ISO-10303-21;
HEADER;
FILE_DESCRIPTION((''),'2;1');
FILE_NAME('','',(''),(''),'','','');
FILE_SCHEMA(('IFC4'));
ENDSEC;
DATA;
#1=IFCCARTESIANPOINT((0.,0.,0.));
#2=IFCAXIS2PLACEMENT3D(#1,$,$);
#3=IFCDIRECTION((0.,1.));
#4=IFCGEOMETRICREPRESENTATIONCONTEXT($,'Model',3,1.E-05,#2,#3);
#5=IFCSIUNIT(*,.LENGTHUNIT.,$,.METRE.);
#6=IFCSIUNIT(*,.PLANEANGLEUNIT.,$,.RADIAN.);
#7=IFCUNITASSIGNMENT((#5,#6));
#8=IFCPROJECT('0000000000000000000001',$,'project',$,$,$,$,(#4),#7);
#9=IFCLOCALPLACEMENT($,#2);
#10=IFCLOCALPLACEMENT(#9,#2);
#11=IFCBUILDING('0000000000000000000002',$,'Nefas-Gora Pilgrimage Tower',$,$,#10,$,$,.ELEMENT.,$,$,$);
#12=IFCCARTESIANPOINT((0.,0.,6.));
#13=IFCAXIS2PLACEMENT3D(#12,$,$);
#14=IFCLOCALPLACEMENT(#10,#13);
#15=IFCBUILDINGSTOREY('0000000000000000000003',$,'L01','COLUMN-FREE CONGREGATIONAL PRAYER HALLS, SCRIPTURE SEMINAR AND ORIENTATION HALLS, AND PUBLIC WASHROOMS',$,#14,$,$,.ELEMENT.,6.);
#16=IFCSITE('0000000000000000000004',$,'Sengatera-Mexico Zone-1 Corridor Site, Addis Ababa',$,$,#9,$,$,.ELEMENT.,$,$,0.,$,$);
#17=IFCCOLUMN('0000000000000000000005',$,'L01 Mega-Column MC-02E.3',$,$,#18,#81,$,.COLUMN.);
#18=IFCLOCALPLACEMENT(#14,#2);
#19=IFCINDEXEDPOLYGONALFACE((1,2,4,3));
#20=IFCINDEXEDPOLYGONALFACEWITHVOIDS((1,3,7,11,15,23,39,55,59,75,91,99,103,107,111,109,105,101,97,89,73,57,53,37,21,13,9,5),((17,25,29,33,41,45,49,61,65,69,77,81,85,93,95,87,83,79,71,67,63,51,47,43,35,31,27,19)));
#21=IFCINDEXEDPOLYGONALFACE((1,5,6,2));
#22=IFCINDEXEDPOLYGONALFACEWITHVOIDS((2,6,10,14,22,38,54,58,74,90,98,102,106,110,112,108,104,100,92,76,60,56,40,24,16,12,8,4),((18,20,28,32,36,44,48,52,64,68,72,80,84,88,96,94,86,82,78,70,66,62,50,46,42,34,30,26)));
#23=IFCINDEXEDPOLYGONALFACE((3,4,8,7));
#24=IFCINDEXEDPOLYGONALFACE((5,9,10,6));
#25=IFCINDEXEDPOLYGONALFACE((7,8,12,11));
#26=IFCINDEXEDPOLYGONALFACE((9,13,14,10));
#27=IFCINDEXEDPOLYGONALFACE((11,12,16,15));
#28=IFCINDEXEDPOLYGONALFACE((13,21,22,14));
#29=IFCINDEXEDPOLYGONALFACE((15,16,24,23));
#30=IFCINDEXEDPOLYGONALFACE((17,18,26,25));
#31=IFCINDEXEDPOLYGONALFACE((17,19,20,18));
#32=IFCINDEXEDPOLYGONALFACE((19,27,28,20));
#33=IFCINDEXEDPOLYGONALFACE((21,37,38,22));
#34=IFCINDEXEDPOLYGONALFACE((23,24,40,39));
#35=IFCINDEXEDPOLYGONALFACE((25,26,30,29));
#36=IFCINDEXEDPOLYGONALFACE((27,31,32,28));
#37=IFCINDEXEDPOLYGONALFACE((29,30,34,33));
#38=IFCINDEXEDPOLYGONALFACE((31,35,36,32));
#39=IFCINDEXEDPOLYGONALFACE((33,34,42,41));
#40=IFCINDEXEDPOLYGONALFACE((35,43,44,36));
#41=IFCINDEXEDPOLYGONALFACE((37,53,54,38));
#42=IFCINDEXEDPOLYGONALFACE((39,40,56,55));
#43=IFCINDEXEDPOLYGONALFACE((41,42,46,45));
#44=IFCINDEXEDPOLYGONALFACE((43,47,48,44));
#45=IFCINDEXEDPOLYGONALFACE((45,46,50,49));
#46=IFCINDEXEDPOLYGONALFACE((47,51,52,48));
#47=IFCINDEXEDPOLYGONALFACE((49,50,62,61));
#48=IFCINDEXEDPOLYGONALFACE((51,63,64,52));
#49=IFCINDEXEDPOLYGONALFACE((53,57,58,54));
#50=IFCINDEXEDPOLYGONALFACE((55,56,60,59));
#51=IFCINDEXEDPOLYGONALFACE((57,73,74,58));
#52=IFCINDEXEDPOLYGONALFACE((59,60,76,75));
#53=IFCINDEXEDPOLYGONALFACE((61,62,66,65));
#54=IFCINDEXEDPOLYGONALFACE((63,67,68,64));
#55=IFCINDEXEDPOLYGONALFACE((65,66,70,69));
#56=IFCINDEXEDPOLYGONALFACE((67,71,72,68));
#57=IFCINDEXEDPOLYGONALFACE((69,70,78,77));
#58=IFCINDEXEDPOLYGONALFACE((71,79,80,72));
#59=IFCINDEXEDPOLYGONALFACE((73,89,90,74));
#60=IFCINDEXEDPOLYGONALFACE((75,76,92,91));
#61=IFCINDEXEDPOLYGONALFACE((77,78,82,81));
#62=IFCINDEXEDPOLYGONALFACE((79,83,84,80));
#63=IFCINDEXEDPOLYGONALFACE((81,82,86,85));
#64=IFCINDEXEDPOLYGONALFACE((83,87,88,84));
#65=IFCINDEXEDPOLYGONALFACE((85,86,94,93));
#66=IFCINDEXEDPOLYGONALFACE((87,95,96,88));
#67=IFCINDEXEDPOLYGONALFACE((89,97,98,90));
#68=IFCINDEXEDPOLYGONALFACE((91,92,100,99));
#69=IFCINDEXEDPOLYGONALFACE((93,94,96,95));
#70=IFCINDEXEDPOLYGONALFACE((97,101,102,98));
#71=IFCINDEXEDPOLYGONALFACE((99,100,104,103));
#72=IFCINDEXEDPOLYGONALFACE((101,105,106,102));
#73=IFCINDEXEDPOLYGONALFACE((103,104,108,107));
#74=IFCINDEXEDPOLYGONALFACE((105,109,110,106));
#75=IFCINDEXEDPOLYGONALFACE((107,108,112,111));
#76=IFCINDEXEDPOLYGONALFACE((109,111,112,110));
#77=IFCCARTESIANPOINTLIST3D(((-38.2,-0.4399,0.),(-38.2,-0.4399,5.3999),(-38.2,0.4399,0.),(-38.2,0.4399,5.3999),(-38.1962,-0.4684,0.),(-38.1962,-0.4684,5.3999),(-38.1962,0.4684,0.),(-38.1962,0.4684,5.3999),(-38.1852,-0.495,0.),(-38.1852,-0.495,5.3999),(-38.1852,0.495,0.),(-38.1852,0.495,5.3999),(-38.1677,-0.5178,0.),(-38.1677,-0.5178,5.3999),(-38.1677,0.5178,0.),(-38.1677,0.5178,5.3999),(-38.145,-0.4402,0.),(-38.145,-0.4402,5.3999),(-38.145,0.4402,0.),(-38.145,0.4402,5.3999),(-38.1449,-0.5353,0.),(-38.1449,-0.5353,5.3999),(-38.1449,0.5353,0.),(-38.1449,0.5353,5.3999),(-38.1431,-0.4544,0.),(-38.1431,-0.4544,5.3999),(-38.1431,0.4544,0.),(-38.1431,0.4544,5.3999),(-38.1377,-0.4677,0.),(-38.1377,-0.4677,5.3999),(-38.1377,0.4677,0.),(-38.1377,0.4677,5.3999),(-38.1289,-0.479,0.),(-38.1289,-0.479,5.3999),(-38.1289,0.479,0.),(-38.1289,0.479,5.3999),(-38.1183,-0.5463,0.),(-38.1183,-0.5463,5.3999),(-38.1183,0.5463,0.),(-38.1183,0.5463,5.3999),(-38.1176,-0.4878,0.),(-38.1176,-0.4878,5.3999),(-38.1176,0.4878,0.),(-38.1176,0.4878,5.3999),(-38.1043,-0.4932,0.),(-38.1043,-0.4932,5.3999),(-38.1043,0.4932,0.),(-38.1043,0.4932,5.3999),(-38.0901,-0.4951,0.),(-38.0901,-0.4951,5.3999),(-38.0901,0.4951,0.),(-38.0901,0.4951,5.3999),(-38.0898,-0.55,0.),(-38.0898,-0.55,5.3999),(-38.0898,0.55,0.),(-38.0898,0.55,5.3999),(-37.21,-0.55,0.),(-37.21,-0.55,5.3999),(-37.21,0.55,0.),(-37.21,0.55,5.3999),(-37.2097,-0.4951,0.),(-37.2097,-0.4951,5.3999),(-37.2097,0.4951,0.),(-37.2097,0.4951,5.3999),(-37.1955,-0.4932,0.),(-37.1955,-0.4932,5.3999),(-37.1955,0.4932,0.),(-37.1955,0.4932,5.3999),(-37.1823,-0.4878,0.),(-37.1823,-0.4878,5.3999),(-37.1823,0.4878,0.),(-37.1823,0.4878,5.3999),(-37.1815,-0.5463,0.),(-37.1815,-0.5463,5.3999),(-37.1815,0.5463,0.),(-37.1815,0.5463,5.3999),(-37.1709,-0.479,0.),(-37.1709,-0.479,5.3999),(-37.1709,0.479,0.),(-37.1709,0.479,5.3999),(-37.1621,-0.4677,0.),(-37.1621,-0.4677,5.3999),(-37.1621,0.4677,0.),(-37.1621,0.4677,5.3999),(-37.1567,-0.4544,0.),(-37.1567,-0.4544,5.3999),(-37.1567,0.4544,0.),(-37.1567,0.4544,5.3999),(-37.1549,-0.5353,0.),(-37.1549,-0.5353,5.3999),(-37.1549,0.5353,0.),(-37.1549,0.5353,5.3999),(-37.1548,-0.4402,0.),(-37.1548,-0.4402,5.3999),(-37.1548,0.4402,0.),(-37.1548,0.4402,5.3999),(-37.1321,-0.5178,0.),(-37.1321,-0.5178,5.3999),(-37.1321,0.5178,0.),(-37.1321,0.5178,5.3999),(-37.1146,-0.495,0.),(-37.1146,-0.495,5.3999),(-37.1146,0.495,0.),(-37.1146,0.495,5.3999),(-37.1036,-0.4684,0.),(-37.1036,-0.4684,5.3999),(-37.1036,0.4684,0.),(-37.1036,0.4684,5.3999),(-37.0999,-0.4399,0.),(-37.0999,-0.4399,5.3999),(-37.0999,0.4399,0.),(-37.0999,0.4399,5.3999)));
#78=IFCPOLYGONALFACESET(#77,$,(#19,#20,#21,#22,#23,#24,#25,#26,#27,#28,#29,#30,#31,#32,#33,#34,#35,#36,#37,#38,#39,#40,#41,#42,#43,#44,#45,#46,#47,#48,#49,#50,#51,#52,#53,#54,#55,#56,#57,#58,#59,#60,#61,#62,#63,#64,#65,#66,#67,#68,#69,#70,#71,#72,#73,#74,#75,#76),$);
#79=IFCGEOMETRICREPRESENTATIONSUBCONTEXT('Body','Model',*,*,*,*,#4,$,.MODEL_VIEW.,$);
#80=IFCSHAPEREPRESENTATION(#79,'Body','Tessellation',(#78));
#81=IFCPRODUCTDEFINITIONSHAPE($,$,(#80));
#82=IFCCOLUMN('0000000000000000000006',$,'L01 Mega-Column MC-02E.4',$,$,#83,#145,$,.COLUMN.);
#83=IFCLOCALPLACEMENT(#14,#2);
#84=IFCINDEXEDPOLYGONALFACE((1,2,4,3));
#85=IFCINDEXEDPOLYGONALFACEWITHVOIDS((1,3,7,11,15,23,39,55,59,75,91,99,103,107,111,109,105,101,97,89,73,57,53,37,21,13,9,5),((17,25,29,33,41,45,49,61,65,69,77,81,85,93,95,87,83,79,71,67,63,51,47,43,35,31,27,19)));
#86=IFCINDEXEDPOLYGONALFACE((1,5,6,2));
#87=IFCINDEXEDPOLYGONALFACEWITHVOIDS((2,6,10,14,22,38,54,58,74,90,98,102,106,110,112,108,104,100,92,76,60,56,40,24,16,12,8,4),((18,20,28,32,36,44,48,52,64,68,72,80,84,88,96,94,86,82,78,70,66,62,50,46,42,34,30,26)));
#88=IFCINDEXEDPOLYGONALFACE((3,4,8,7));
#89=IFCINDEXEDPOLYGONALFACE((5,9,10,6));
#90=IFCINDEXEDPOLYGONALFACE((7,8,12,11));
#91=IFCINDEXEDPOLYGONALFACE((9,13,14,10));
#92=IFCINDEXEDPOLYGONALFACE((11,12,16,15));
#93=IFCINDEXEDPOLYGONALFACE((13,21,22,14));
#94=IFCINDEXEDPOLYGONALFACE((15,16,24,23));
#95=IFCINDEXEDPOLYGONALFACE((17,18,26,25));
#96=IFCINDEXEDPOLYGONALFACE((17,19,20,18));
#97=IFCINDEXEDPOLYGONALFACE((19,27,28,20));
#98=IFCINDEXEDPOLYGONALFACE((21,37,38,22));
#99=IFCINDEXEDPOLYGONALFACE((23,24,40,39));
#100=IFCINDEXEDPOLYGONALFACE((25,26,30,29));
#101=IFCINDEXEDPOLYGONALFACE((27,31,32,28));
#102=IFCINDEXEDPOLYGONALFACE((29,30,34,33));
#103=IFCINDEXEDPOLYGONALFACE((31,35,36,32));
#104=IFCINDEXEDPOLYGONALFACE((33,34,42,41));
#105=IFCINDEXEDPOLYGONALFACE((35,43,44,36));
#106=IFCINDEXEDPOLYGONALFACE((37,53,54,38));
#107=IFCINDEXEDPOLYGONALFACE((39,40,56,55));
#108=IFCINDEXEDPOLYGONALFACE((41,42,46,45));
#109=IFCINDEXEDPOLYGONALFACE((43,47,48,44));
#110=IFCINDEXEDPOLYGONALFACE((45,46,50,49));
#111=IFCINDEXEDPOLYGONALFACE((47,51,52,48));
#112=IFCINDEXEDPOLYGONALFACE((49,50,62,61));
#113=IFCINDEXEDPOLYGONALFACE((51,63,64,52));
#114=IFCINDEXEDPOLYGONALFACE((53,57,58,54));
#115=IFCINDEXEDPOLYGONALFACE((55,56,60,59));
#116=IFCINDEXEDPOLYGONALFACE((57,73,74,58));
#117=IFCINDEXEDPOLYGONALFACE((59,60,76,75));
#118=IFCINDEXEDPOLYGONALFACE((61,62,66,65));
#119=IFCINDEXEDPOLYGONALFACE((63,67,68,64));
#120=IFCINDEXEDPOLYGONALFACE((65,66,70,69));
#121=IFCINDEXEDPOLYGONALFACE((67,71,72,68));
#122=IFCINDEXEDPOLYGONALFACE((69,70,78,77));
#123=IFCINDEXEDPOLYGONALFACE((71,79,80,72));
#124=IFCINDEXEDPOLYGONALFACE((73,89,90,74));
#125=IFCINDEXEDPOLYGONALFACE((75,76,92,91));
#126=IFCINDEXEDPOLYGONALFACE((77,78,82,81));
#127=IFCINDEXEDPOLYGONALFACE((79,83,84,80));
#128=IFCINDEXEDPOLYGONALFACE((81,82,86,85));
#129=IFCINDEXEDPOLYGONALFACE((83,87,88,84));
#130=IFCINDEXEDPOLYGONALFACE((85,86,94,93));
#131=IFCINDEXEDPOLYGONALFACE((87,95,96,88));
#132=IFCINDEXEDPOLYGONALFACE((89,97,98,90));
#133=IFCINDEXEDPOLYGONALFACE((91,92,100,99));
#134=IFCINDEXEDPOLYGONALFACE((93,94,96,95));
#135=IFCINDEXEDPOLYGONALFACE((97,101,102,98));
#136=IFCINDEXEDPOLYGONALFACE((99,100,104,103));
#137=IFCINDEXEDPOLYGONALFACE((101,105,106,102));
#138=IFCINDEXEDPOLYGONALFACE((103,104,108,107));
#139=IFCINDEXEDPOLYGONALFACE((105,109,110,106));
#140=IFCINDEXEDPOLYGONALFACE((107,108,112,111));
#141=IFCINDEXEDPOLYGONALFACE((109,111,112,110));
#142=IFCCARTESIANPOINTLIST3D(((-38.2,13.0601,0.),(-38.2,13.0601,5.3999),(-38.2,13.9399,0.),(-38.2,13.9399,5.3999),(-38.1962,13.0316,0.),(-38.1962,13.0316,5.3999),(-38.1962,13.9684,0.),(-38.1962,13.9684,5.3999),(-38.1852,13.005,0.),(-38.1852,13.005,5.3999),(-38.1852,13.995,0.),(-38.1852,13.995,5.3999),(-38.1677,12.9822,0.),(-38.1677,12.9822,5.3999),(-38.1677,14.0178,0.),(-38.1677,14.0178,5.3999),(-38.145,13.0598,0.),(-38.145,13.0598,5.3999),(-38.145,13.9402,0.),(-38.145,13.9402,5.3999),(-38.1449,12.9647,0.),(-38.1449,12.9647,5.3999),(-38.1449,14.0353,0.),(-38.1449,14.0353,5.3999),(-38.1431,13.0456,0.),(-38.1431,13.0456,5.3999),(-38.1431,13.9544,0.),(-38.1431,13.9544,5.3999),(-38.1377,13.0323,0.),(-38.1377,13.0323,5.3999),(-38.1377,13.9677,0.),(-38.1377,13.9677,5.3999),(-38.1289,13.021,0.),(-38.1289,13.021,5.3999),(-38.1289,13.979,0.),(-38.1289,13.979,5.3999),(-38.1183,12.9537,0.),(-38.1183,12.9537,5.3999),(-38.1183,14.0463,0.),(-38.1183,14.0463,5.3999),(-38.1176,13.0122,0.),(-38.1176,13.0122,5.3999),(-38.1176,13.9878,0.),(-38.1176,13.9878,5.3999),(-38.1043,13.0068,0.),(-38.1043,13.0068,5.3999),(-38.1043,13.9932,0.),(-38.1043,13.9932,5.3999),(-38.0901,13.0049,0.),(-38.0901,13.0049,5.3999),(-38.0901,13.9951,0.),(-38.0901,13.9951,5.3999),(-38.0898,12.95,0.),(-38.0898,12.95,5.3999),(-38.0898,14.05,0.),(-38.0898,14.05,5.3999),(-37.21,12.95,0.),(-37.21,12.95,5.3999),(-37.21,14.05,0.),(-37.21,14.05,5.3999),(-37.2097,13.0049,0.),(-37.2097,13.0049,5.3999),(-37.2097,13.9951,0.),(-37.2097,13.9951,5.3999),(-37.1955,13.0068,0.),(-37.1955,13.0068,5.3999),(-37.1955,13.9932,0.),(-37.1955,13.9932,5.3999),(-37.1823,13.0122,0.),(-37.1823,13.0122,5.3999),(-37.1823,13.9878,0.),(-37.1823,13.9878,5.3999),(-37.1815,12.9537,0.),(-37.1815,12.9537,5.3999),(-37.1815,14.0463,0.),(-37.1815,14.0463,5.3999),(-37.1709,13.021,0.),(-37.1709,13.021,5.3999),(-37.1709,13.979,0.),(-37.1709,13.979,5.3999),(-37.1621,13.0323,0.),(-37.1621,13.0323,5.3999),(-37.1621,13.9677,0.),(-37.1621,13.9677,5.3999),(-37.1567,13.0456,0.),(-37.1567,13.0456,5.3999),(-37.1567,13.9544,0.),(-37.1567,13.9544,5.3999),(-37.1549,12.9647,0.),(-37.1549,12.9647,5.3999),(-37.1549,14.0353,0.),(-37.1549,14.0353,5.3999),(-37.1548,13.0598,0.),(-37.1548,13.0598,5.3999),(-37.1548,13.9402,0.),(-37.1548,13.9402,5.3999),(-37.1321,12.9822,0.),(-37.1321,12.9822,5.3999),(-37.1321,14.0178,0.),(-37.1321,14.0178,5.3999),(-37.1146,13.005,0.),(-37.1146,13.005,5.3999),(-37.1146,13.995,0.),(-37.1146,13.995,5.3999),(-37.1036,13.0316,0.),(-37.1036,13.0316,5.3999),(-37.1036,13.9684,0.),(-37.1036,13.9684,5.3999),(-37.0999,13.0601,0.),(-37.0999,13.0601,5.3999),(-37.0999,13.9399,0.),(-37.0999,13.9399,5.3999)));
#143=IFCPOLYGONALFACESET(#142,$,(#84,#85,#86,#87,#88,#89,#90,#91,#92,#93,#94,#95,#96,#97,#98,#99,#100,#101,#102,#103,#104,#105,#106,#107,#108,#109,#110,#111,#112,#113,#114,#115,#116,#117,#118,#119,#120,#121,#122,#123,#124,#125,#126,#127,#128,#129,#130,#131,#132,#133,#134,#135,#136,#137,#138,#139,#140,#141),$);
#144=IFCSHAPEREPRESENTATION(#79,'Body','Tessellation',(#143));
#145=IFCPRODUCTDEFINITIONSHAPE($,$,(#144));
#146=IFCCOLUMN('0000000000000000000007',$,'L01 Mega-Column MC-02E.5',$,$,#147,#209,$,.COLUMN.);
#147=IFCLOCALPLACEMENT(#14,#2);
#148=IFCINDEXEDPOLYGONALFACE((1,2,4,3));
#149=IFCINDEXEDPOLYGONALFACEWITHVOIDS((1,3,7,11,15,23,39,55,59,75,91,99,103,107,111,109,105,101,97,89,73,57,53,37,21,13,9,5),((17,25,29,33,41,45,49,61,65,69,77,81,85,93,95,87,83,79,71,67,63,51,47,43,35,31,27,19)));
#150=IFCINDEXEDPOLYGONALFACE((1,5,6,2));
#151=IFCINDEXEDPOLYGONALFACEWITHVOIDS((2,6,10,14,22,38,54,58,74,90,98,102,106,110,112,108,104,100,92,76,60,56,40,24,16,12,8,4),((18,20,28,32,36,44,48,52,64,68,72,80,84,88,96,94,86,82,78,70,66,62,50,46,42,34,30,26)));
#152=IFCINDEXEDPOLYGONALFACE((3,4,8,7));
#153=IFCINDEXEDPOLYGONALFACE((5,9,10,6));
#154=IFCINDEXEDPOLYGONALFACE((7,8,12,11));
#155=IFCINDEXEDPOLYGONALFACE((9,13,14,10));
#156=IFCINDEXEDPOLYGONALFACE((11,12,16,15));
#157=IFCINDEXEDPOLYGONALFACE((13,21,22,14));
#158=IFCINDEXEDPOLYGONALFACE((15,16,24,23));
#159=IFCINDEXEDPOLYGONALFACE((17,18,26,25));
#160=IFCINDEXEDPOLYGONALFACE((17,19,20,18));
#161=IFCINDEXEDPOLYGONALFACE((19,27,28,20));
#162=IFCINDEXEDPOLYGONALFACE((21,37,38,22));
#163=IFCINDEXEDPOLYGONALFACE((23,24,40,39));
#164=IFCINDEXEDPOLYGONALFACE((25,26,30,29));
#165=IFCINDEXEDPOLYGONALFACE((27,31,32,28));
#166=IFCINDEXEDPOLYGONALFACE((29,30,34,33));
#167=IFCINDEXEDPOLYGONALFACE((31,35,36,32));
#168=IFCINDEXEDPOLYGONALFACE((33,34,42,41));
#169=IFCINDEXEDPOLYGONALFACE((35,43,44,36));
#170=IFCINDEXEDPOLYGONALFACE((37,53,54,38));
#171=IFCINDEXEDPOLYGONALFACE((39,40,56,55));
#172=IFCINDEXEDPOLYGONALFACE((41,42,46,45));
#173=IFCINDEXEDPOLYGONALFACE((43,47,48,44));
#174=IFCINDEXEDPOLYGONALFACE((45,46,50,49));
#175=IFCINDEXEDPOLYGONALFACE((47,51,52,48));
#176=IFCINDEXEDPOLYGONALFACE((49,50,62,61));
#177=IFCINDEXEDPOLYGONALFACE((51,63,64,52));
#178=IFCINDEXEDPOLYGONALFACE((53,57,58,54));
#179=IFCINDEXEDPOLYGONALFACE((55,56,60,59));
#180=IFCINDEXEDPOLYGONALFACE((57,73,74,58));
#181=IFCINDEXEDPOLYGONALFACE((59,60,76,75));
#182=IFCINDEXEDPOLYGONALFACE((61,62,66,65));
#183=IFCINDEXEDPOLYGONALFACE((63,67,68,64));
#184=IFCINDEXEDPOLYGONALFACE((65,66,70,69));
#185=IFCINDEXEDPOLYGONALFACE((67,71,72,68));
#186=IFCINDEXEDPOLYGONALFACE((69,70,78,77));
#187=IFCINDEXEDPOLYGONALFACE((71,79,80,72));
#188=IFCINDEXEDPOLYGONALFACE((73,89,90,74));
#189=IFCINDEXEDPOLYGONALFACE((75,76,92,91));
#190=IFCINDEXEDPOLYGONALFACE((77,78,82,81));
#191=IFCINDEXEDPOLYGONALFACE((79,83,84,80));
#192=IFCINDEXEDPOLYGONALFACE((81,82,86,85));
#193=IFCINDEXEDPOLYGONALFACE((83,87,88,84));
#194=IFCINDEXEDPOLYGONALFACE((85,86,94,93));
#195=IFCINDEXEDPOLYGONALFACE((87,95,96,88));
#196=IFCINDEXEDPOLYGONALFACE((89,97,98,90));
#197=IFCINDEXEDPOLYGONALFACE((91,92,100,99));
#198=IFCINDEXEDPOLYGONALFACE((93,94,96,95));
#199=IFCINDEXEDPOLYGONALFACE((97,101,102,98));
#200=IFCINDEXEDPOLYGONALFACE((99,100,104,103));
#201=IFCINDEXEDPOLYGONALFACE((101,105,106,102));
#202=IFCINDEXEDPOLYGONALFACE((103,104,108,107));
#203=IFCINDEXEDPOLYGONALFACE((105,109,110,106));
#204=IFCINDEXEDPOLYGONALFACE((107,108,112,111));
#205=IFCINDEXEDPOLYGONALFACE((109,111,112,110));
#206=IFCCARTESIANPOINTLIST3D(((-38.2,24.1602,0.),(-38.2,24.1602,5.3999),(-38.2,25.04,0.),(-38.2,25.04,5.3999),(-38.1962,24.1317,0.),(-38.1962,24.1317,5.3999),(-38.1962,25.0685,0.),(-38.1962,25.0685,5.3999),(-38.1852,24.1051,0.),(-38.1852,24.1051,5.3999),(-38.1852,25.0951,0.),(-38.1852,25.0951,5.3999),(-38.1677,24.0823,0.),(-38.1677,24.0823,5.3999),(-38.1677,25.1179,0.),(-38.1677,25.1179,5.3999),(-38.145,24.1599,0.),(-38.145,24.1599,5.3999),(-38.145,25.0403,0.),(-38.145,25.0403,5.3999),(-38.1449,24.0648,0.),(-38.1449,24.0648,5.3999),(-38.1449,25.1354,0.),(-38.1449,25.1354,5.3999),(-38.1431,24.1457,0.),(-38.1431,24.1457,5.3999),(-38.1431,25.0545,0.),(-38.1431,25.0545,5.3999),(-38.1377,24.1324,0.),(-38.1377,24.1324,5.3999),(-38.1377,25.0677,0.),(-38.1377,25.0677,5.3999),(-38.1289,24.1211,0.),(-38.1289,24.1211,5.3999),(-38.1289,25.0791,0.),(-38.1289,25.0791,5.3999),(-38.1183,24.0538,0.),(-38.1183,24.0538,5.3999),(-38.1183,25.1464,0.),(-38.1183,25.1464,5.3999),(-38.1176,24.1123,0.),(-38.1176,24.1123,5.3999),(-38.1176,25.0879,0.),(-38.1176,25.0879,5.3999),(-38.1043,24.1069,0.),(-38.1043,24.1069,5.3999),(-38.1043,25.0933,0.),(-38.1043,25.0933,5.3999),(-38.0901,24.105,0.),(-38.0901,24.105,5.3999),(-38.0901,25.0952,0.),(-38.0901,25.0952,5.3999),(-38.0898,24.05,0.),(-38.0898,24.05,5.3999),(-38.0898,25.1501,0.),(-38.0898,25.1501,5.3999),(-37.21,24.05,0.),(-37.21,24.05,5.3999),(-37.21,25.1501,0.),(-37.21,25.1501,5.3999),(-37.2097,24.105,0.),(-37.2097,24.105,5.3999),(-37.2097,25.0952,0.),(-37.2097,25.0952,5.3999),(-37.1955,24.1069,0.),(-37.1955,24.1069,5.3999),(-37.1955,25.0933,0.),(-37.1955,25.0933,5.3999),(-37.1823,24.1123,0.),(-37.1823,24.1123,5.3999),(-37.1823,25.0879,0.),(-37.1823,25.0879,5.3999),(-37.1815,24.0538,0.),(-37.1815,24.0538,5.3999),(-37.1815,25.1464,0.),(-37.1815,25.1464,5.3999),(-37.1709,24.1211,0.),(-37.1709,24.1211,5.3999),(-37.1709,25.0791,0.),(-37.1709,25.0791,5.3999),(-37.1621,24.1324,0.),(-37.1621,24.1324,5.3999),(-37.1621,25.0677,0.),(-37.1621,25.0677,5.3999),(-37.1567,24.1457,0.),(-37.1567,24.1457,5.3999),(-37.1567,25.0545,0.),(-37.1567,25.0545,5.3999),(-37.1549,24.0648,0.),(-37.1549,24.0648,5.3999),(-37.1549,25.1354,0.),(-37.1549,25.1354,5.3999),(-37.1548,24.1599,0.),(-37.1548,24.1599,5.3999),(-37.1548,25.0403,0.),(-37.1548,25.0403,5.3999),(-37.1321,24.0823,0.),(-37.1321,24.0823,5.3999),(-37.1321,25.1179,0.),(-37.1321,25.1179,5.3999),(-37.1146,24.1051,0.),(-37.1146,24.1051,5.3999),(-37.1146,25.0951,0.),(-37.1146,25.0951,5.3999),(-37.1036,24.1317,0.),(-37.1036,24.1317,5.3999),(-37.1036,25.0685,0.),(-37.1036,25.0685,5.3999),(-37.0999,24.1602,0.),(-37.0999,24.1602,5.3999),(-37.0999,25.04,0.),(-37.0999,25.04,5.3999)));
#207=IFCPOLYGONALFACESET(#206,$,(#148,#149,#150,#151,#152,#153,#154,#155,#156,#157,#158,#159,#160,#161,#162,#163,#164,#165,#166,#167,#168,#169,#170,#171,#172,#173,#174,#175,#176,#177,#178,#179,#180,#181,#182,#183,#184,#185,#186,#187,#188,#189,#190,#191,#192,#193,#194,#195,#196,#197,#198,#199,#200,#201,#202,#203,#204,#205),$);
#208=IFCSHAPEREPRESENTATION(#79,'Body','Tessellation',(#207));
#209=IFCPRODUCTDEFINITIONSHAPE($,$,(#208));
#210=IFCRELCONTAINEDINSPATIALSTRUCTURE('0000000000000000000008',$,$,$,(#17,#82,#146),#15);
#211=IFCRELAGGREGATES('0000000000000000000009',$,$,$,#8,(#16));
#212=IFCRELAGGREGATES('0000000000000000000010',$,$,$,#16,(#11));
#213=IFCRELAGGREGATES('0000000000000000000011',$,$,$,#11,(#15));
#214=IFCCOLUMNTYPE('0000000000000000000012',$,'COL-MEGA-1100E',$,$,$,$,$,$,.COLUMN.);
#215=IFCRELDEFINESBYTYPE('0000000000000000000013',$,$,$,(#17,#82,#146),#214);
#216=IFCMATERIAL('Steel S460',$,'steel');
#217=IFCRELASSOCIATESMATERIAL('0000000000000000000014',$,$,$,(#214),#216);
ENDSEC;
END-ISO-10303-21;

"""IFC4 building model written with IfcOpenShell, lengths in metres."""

from ifc_helpers import new_model, si_unit, direction, frame, origin, origin_2d, place, context, subcontext, project, spatial, hollow_rectangle, extrude, source, transform, mapped, material, material_profile, profile_set, type_object, element, save


model = new_model("IFC4")

# Units and contexts
model_context = context("Model", 3, precision=1e-05, world=origin(), true_north=direction((0.0, 1.0)))
body_context = subcontext(model_context, "Body", "Model", "MODEL_VIEW")
ifc_project = project(units=[si_unit("LENGTHUNIT", "METRE"), si_unit("PLANEANGLEUNIT", "RADIAN")], contexts=[model_context])

# Site, building, storey
site_placement = place(None, origin())
site = spatial("IfcSite", under=ifc_project, at=site_placement, Name="Sengatera-Mexico Zone-1 Corridor Site, Addis Ababa", CompositionType="ELEMENT", RefElevation=0.0)
building_placement = place(site_placement, origin())
building = spatial("IfcBuilding", under=site, at=building_placement, Name="Nefas-Gora Pilgrimage Tower", CompositionType="ELEMENT")
storey_placement = place(building_placement, frame((0.0, 0.0, 6.0)))
storey = spatial("IfcBuildingStorey", under=building, at=storey_placement, Name="L01", Description="COLUMN-FREE CONGREGATIONAL PRAYER HALLS, SCRIPTURE SEMINAR AND ORIENTATION HALLS, AND PUBLIC WASHROOMS", CompositionType="ELEMENT", Elevation=6.0)

# Columns
ifc_material_1 = material(Name="Steel S460", Category="steel")
ifc_material_profile_1 = material_profile(ifc_material_1, hollow_rectangle(XDim=1.1001, YDim=1.1001, WallThickness=0.0549, InnerFilletRadius=0.0549, OuterFilletRadius=0.1101, at=origin_2d()), Name="BOX 1100x1100x55")
ifc_profile_set_1 = profile_set([ifc_material_profile_1], Name="Steel S460")
column_type_1 = type_object("IfcColumnType", Name="COL-MEGA-1100E", PredefinedType="COLUMN", material=ifc_profile_set_1)
shared_shape_1 = source(origin(), body_context, "Body", "SweptSolid", [
    extrude(hollow_rectangle(XDim=1.1001, YDim=1.1001, WallThickness=0.0549, InnerFilletRadius=0.0549, OuterFilletRadius=0.1101, at=origin_2d()), origin(), (0.0, 0.0, 1.0), 5.3999),
])
for number, where, z_axis, x_axis, name in (
    (1, (-37.6499, 0.0, 0.0), (0.0, 0.0, 1.0), (1.0, 0.0, 0.0), "L01 Mega-Column MC-02E.3"),
    (2, (-37.6499, 13.5, 0.0), (0.0, 0.0, 1.0), (1.0, 0.0, 0.0), "L01 Mega-Column MC-02E.4"),
    (3, (-37.6499, 24.6001, 0.0), (0.0, 0.0, 1.0), (1.0, 0.0, 0.0), "L01 Mega-Column MC-02E.5"),
):
    element("IfcColumn", number, at=place(storey_placement, frame(where, z_axis=z_axis, x_axis=x_axis)), inside=storey, type_object=column_type_1, Name=name, PredefinedType="COLUMN", context=body_context, shape_type="MappedRepresentation", body=[
        mapped(shared_shape_1, transform((0.0, 0.0, 0.0), x_axis=(1.0, 0.0, 0.0), y_axis=(0.0, 1.0, 0.0), z_axis=(0.0, 0.0, 1.0), scale=1.0)),
    ])

save(model, "model.ifc")
